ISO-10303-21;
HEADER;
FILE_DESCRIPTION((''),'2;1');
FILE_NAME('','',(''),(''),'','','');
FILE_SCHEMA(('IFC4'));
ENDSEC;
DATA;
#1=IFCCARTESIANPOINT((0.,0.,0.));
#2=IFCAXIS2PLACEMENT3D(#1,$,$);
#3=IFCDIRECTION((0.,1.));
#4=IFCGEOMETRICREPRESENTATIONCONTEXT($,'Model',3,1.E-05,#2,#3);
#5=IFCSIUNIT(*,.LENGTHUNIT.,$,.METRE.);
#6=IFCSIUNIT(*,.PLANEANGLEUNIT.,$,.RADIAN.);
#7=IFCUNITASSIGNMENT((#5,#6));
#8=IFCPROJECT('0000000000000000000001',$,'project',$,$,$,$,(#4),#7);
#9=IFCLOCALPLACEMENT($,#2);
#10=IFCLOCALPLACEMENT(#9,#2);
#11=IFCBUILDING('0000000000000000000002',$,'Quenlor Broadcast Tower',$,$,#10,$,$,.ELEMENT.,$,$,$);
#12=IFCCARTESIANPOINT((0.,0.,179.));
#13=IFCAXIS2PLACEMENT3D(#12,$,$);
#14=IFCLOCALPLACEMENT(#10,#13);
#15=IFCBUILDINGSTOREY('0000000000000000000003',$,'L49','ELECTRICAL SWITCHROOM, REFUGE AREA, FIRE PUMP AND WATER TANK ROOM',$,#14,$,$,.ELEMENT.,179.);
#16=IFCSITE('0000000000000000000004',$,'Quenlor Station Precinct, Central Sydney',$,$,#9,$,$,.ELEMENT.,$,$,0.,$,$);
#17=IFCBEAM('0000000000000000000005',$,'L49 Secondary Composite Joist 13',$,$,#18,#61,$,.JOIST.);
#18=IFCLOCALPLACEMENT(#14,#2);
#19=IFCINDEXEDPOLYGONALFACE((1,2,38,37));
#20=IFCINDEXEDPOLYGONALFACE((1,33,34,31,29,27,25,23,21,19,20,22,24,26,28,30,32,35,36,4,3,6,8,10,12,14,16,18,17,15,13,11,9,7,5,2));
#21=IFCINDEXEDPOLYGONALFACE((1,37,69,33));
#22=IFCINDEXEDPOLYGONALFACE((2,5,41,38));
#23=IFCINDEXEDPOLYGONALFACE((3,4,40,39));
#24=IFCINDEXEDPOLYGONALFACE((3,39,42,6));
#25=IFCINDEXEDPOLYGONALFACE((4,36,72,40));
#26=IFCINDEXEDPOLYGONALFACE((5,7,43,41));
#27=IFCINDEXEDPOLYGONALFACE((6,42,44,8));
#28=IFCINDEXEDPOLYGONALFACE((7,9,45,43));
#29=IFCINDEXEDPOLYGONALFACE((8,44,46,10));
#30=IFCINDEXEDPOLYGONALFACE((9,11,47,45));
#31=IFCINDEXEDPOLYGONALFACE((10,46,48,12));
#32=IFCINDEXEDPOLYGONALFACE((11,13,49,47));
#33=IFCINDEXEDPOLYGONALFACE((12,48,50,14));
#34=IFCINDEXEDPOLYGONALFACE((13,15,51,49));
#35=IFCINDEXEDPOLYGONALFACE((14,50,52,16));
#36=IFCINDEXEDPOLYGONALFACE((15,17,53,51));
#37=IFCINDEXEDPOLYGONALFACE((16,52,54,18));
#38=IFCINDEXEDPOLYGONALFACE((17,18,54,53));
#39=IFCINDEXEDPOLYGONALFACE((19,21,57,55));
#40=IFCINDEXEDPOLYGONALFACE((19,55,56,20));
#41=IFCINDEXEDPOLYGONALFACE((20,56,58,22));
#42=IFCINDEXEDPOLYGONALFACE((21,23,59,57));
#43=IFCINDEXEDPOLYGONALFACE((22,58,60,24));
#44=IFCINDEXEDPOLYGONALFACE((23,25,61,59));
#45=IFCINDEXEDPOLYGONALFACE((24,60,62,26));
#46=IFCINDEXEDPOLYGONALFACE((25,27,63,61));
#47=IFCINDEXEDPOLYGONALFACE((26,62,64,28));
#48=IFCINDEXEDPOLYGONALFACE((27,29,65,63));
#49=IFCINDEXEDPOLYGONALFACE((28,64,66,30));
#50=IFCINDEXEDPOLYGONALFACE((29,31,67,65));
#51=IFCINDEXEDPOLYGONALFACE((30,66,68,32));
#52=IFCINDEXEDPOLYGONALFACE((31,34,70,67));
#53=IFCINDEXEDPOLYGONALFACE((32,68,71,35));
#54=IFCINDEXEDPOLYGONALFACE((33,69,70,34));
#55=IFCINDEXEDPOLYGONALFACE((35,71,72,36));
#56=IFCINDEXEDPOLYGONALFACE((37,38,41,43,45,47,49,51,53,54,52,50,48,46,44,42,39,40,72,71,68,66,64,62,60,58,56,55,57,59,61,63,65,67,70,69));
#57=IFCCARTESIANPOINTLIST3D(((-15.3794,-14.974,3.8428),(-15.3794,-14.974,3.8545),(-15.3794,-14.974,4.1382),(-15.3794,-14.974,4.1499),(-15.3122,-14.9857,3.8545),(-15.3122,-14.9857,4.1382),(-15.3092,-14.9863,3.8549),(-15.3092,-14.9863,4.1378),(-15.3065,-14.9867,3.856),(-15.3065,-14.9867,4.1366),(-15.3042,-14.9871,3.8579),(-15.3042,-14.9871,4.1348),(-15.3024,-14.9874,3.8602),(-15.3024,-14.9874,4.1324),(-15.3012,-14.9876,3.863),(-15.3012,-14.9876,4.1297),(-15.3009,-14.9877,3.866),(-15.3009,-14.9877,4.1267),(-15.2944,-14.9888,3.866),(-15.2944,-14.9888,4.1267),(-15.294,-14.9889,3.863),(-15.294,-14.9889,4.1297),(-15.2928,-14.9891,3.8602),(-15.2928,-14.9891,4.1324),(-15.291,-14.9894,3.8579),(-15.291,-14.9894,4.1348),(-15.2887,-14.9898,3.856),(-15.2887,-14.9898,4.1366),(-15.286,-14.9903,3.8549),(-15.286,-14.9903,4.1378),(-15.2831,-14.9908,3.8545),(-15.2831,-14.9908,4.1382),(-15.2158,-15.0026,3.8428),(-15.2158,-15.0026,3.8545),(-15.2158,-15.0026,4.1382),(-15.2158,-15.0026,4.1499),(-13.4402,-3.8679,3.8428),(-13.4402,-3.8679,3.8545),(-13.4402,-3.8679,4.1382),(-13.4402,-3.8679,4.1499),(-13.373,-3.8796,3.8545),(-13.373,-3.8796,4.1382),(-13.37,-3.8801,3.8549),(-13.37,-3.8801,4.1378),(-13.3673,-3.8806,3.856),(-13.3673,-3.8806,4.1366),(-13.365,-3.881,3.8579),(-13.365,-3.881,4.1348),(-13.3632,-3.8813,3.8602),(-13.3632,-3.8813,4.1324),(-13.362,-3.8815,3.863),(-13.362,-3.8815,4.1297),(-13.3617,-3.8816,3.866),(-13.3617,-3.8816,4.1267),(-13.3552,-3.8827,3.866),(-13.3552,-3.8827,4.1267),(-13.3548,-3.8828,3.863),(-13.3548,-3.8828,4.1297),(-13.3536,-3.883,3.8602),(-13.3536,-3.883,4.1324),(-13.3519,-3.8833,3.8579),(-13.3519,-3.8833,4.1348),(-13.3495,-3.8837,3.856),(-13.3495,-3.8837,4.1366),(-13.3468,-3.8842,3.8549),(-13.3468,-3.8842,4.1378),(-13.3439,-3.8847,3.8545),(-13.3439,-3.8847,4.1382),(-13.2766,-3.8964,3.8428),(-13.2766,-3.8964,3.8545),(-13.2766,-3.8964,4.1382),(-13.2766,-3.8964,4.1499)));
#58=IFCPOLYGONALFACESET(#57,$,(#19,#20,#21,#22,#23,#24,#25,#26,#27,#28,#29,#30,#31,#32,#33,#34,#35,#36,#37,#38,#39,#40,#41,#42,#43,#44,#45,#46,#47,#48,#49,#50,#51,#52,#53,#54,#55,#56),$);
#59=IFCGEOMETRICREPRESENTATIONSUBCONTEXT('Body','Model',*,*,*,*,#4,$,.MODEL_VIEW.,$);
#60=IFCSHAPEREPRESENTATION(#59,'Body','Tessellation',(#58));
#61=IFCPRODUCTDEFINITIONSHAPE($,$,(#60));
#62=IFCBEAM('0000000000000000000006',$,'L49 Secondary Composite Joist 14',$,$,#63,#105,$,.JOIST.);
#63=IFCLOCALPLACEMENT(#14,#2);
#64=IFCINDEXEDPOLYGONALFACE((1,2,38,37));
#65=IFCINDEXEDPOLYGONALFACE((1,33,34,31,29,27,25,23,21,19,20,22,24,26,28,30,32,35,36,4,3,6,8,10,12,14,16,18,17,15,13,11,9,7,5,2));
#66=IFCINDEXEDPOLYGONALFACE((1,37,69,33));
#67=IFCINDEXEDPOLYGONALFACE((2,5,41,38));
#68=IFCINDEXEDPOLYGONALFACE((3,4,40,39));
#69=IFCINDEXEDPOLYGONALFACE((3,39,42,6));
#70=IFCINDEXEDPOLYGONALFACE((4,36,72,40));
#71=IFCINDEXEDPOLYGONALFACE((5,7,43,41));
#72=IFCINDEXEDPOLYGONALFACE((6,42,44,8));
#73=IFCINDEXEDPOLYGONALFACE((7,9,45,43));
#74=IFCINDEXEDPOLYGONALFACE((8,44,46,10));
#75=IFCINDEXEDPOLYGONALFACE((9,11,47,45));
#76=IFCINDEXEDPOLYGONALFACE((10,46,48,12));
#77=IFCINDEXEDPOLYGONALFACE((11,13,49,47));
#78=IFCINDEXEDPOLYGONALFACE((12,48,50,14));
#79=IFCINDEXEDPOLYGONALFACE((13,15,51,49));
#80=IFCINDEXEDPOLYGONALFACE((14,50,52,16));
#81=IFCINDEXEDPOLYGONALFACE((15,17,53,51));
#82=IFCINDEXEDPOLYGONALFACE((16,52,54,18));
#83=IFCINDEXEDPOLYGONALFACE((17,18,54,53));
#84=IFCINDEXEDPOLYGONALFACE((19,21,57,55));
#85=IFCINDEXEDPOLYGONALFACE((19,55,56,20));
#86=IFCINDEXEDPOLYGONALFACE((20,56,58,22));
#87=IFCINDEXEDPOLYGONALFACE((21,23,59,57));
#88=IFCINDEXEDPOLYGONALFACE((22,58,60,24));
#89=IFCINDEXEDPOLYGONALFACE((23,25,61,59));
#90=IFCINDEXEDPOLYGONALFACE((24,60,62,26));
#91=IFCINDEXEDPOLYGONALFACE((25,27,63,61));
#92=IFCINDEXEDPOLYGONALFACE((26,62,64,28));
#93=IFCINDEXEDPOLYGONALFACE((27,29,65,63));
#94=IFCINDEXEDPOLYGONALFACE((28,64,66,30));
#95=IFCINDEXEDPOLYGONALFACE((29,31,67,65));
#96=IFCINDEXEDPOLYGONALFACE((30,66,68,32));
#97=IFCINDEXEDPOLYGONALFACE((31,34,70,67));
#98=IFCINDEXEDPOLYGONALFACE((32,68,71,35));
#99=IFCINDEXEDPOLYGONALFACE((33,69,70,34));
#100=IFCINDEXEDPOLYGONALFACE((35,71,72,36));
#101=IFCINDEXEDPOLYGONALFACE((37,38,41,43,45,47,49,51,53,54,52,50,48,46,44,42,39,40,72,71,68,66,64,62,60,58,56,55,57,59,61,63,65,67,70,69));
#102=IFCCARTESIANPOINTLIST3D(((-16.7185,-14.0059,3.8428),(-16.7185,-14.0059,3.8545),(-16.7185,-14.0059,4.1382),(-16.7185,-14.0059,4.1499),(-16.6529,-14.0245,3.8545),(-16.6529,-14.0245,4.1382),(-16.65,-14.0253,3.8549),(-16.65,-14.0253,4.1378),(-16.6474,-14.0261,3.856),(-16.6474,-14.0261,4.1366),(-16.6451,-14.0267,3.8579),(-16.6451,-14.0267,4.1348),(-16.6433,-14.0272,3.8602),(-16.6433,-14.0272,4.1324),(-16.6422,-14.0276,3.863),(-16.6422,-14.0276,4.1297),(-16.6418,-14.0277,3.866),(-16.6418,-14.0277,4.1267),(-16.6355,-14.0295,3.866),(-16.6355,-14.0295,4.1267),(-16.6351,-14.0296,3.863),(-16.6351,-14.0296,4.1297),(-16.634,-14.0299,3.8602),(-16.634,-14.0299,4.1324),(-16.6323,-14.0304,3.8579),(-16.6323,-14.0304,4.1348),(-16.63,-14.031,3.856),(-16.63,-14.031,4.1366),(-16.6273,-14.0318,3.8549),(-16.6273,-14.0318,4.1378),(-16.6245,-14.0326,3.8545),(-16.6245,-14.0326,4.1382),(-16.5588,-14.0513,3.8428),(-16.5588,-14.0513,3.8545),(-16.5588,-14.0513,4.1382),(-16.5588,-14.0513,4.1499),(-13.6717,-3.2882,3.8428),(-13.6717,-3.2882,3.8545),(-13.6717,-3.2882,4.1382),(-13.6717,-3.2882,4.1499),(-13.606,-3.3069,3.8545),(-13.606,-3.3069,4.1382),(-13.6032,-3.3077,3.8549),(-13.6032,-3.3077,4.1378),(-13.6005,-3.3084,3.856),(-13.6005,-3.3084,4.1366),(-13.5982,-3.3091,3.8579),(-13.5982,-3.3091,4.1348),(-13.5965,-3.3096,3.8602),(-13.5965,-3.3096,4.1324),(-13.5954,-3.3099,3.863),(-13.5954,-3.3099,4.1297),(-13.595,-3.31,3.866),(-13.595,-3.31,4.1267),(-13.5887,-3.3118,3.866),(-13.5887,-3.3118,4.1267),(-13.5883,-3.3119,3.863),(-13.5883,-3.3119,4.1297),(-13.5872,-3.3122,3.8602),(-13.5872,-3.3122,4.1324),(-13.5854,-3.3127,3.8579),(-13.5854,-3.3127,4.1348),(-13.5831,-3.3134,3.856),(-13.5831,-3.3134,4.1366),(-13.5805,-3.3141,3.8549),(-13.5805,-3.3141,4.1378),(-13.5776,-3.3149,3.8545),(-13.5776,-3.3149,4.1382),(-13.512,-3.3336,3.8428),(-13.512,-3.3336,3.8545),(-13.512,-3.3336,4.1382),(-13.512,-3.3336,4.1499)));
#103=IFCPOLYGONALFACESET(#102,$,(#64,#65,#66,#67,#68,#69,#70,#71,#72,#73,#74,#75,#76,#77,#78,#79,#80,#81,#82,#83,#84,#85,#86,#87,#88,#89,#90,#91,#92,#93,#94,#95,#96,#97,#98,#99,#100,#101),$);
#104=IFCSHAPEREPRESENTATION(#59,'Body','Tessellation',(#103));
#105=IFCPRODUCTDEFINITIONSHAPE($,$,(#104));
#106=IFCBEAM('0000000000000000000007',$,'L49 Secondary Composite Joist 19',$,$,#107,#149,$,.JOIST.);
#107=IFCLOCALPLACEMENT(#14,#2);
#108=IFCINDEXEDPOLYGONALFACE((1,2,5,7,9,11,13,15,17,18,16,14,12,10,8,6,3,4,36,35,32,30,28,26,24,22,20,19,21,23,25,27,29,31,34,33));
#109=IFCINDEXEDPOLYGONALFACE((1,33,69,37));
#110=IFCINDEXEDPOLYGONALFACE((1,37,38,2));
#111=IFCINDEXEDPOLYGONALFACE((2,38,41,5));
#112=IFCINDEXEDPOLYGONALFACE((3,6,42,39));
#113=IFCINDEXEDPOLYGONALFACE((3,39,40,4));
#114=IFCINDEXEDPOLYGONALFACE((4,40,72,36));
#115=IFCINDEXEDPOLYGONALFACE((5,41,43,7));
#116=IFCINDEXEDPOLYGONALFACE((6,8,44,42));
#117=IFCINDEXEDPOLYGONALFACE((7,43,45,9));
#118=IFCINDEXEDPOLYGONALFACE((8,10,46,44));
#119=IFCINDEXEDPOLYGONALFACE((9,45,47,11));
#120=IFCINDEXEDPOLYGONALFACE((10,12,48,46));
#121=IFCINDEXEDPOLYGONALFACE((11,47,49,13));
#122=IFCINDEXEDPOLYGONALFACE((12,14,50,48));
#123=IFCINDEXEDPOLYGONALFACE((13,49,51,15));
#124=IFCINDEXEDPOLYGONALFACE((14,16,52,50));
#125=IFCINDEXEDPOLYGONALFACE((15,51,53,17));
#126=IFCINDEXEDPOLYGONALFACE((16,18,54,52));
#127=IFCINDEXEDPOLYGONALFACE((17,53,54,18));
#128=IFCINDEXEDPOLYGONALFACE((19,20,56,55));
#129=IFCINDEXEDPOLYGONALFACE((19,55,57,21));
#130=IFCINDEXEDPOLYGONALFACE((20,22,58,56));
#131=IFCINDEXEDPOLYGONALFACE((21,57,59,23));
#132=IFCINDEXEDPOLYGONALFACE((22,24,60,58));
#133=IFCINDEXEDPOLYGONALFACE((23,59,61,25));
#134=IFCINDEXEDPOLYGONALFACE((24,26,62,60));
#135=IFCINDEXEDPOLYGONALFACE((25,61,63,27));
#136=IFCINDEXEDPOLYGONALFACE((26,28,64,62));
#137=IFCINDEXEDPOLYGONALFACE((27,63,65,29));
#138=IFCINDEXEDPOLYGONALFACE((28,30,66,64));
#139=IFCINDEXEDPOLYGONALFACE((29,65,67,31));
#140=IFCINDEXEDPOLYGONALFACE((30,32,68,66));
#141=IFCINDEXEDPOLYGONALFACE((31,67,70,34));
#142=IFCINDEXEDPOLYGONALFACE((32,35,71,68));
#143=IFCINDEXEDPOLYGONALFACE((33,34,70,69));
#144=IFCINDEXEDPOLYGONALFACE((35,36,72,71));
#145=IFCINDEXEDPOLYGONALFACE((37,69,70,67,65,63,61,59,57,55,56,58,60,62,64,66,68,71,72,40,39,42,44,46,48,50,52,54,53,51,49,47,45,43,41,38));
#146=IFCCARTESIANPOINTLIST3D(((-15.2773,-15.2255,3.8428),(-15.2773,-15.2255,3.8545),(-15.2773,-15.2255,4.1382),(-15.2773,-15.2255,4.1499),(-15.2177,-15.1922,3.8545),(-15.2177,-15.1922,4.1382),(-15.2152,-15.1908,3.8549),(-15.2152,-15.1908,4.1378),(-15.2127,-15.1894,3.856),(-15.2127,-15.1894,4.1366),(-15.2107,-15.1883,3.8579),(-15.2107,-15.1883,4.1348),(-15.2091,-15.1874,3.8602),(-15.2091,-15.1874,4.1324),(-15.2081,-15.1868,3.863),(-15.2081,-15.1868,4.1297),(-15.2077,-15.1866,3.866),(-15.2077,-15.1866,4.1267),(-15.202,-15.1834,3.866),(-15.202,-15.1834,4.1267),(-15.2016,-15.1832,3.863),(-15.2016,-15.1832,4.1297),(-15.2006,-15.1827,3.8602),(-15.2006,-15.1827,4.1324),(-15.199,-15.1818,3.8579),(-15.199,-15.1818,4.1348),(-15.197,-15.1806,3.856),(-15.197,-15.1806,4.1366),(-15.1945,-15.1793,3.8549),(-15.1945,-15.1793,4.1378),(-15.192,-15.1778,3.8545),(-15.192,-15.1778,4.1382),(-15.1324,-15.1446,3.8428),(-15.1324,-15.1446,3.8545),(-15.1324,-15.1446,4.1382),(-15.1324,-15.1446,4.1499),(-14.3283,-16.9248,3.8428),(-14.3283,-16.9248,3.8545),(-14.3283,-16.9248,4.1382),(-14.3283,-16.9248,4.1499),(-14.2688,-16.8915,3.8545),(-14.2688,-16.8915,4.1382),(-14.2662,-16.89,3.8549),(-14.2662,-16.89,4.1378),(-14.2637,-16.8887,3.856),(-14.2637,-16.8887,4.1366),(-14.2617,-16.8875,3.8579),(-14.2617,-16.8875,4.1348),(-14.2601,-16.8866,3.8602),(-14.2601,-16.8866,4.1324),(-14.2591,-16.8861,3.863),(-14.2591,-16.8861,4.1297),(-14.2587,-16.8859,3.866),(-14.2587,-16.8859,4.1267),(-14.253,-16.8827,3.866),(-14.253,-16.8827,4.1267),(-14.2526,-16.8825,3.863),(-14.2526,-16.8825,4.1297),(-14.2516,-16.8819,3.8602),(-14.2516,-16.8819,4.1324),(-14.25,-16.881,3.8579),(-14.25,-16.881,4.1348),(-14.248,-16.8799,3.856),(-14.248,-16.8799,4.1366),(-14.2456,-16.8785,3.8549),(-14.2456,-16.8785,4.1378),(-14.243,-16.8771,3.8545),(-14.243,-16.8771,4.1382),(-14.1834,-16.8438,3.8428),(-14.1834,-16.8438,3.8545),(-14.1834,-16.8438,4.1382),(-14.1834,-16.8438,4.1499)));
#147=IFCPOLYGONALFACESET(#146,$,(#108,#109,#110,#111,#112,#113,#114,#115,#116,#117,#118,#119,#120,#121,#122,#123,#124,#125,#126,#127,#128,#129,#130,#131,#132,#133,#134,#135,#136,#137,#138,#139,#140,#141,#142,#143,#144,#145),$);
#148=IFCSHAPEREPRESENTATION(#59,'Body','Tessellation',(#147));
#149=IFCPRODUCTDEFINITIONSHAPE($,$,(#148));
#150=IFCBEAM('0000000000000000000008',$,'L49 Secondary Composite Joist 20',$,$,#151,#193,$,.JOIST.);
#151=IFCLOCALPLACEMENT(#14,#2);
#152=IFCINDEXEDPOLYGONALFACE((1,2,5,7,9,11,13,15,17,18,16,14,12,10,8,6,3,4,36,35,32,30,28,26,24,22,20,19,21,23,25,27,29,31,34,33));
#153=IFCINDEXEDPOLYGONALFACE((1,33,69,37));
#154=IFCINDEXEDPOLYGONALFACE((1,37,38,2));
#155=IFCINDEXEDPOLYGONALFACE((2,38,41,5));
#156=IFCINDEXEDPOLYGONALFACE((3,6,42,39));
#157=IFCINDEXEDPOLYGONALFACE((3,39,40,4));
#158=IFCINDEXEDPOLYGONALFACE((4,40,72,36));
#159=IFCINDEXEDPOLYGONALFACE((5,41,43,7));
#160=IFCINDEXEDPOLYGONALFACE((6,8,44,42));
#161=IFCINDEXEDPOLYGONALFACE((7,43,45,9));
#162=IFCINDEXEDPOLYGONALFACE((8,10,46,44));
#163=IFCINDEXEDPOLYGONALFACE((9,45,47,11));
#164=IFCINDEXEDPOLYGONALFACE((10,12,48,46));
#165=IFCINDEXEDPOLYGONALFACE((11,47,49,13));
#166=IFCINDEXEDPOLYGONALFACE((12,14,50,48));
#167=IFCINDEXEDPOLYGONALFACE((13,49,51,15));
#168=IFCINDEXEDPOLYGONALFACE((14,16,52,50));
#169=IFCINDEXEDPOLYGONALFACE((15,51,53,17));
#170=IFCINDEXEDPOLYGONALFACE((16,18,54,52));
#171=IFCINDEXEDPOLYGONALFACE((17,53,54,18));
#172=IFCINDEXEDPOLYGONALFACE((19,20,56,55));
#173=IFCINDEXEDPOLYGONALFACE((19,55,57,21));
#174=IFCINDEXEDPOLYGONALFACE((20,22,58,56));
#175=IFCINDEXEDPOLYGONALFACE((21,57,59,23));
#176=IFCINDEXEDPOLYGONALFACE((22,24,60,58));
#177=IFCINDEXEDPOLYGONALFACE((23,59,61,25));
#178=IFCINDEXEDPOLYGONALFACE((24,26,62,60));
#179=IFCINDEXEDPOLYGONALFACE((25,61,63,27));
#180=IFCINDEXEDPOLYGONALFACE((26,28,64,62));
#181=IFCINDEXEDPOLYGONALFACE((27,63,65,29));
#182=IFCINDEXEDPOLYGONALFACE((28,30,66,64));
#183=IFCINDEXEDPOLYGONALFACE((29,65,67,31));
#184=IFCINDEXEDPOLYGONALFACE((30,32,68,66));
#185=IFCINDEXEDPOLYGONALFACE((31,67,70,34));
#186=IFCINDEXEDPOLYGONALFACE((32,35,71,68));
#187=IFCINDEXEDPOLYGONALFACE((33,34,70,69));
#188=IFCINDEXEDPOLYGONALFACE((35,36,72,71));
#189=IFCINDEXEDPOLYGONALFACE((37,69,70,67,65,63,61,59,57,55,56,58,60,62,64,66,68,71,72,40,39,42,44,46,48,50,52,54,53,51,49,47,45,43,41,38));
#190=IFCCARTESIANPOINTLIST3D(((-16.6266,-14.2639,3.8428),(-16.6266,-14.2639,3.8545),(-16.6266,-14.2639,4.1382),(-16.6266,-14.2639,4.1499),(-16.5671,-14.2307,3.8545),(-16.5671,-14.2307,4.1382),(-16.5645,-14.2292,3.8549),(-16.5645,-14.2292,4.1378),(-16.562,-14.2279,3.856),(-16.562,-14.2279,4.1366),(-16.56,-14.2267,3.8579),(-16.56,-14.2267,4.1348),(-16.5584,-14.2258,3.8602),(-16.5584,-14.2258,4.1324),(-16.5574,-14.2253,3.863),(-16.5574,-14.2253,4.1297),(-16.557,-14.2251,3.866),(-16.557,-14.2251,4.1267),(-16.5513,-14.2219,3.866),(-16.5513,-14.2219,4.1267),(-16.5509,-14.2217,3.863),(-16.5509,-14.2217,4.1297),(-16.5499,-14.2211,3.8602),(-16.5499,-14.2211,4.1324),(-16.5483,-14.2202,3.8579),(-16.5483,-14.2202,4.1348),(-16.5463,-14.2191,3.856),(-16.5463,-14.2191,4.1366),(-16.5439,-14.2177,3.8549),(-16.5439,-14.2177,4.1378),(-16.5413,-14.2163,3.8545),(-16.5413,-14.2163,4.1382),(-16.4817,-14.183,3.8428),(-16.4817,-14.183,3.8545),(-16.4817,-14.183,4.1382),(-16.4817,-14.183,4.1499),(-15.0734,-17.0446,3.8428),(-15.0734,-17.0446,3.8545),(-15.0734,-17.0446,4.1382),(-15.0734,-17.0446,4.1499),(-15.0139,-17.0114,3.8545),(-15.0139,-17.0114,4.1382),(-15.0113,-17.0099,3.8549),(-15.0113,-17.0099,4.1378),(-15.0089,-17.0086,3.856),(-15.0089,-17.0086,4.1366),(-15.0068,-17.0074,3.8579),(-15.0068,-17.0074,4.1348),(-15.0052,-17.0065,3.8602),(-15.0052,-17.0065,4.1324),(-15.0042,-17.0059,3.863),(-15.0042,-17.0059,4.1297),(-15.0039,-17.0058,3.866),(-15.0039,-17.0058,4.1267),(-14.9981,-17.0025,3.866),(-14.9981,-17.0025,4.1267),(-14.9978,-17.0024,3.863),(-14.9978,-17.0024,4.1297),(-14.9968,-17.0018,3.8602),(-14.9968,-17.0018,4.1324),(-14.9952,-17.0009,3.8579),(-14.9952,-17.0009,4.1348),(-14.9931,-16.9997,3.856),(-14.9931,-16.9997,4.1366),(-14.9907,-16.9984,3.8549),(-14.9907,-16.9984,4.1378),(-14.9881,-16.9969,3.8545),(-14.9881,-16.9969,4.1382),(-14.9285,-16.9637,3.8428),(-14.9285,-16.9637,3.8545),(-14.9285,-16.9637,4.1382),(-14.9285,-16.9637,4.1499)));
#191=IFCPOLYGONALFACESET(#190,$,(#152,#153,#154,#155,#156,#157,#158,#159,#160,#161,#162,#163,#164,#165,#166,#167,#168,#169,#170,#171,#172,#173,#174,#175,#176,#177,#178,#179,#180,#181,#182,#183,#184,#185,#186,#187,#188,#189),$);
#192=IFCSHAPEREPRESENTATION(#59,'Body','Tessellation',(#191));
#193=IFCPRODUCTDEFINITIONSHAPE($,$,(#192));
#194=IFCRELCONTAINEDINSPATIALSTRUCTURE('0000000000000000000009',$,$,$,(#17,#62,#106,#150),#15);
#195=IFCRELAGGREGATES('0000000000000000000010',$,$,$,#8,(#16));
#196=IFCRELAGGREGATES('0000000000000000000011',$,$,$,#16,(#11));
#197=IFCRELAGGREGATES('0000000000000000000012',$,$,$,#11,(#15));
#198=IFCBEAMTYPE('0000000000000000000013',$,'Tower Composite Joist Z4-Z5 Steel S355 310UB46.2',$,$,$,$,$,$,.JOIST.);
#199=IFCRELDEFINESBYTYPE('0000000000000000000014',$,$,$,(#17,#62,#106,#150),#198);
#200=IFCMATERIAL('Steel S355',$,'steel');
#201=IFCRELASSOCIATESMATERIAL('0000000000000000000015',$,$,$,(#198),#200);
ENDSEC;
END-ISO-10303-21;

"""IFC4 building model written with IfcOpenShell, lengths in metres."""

from ifc_helpers import new_model, si_unit, direction, frame, origin, origin_2d, place, context, subcontext, project, spatial, i_section, extrude, material, material_profile, profile_set, type_object, element, save


model = new_model("IFC4")

# Units and contexts
model_context = context("Model", 3, precision=1e-05, world=origin(), true_north=direction((0.0, 1.0)))
body_context = subcontext(model_context, "Body", "Model", "MODEL_VIEW")
ifc_project = project(units=[si_unit("LENGTHUNIT", "METRE"), si_unit("PLANEANGLEUNIT", "RADIAN")], contexts=[model_context])

# Site, building, storey
site_placement = place(None, origin())
site = spatial("IfcSite", under=ifc_project, at=site_placement, Name="Quenlor Station Precinct, Central Sydney", CompositionType="ELEMENT", RefElevation=0.0)
building_placement = place(site_placement, origin())
building = spatial("IfcBuilding", under=site, at=building_placement, Name="Quenlor Broadcast Tower", CompositionType="ELEMENT")
storey_placement = place(building_placement, frame((0.0, 0.0, 179.0)))
storey = spatial("IfcBuildingStorey", under=building, at=storey_placement, Name="L49", Description="ELECTRICAL SWITCHROOM, REFUGE AREA, FIRE PUMP AND WATER TANK ROOM", CompositionType="ELEMENT", Elevation=179.0)

# Beams
ifc_material_1 = material(Name="Steel S355", Category="steel")
ifc_material_profile_1 = material_profile(ifc_material_1, i_section(OverallWidth=0.166, OverallDepth=0.3071, WebThickness=0.0066, FlangeThickness=0.0117, FilletRadius=0.0115, at=origin_2d()))
ifc_profile_set_1 = profile_set([ifc_material_profile_1], Name="Steel S355 310UB46.2")
beam_type_1 = type_object("IfcBeamType", Name="Tower Composite Joist Z4-Z5 Steel S355 310UB46.2", PredefinedType="JOIST", material=ifc_profile_set_1)
beam_1_placement = place(storey_placement, frame((-15.2976, -14.9883, 3.9963), z_axis=(0.172004, 0.985096, 0.0), x_axis=(-0.985096, 0.172004, 0.0)))
element("IfcBeam", 1, at=beam_1_placement, inside=storey, type_object=beam_type_1, Name="L49 Secondary Composite Joist 13", PredefinedType="JOIST", context=body_context, shape_type="SweptSolid", body=[
    extrude(i_section(OverallWidth=0.166, OverallDepth=0.3071, WebThickness=0.0066, FlangeThickness=0.0117, FilletRadius=0.0115, at=origin_2d()), origin(), (0.0, 0.0, 1.0), 11.2742),
])
beam_2_placement = place(storey_placement, frame((-16.6387, -14.0286, 3.9963), z_axis=(0.273448, 0.961887, 0.0), x_axis=(-0.961887, 0.273448, 0.0)))
element("IfcBeam", 2, at=beam_2_placement, inside=storey, type_object=beam_type_1, Name="L49 Secondary Composite Joist 14", PredefinedType="JOIST", context=body_context, shape_type="SweptSolid", body=[
    extrude(i_section(OverallWidth=0.166, OverallDepth=0.3071, WebThickness=0.0066, FlangeThickness=0.0117, FilletRadius=0.0115, at=origin_2d()), origin(), (0.0, 0.0, 1.0), 11.1423),
])
beam_3_placement = place(storey_placement, frame((-14.2559, -16.8843, 3.9963), z_axis=(-0.487591, 0.873072, 0.0), x_axis=(-0.873072, -0.487591, 0.0)))
element("IfcBeam", 3, at=beam_3_placement, inside=storey, type_object=beam_type_1, Name="L49 Secondary Composite Joist 19", PredefinedType="JOIST", context=body_context, shape_type="SweptSolid", body=[
    extrude(i_section(OverallWidth=0.166, OverallDepth=0.3071, WebThickness=0.0066, FlangeThickness=0.0117, FilletRadius=0.0115, at=origin_2d()), origin(), (0.0, 0.0, 1.0), 1.9463),
])
beam_4_placement = place(storey_placement, frame((-15.001, -17.0042, 3.9963), z_axis=(-0.487646, 0.873041, 0.0), x_axis=(-0.873041, -0.487646, 0.0)))
element("IfcBeam", 4, at=beam_4_placement, inside=storey, type_object=beam_type_1, Name="L49 Secondary Composite Joist 20", PredefinedType="JOIST", context=body_context, shape_type="SweptSolid", body=[
    extrude(i_section(OverallWidth=0.166, OverallDepth=0.3071, WebThickness=0.0066, FlangeThickness=0.0117, FilletRadius=0.0115, at=origin_2d()), origin(), (0.0, 0.0, 1.0), 3.1851),
])

save(model, "model.ifc")
